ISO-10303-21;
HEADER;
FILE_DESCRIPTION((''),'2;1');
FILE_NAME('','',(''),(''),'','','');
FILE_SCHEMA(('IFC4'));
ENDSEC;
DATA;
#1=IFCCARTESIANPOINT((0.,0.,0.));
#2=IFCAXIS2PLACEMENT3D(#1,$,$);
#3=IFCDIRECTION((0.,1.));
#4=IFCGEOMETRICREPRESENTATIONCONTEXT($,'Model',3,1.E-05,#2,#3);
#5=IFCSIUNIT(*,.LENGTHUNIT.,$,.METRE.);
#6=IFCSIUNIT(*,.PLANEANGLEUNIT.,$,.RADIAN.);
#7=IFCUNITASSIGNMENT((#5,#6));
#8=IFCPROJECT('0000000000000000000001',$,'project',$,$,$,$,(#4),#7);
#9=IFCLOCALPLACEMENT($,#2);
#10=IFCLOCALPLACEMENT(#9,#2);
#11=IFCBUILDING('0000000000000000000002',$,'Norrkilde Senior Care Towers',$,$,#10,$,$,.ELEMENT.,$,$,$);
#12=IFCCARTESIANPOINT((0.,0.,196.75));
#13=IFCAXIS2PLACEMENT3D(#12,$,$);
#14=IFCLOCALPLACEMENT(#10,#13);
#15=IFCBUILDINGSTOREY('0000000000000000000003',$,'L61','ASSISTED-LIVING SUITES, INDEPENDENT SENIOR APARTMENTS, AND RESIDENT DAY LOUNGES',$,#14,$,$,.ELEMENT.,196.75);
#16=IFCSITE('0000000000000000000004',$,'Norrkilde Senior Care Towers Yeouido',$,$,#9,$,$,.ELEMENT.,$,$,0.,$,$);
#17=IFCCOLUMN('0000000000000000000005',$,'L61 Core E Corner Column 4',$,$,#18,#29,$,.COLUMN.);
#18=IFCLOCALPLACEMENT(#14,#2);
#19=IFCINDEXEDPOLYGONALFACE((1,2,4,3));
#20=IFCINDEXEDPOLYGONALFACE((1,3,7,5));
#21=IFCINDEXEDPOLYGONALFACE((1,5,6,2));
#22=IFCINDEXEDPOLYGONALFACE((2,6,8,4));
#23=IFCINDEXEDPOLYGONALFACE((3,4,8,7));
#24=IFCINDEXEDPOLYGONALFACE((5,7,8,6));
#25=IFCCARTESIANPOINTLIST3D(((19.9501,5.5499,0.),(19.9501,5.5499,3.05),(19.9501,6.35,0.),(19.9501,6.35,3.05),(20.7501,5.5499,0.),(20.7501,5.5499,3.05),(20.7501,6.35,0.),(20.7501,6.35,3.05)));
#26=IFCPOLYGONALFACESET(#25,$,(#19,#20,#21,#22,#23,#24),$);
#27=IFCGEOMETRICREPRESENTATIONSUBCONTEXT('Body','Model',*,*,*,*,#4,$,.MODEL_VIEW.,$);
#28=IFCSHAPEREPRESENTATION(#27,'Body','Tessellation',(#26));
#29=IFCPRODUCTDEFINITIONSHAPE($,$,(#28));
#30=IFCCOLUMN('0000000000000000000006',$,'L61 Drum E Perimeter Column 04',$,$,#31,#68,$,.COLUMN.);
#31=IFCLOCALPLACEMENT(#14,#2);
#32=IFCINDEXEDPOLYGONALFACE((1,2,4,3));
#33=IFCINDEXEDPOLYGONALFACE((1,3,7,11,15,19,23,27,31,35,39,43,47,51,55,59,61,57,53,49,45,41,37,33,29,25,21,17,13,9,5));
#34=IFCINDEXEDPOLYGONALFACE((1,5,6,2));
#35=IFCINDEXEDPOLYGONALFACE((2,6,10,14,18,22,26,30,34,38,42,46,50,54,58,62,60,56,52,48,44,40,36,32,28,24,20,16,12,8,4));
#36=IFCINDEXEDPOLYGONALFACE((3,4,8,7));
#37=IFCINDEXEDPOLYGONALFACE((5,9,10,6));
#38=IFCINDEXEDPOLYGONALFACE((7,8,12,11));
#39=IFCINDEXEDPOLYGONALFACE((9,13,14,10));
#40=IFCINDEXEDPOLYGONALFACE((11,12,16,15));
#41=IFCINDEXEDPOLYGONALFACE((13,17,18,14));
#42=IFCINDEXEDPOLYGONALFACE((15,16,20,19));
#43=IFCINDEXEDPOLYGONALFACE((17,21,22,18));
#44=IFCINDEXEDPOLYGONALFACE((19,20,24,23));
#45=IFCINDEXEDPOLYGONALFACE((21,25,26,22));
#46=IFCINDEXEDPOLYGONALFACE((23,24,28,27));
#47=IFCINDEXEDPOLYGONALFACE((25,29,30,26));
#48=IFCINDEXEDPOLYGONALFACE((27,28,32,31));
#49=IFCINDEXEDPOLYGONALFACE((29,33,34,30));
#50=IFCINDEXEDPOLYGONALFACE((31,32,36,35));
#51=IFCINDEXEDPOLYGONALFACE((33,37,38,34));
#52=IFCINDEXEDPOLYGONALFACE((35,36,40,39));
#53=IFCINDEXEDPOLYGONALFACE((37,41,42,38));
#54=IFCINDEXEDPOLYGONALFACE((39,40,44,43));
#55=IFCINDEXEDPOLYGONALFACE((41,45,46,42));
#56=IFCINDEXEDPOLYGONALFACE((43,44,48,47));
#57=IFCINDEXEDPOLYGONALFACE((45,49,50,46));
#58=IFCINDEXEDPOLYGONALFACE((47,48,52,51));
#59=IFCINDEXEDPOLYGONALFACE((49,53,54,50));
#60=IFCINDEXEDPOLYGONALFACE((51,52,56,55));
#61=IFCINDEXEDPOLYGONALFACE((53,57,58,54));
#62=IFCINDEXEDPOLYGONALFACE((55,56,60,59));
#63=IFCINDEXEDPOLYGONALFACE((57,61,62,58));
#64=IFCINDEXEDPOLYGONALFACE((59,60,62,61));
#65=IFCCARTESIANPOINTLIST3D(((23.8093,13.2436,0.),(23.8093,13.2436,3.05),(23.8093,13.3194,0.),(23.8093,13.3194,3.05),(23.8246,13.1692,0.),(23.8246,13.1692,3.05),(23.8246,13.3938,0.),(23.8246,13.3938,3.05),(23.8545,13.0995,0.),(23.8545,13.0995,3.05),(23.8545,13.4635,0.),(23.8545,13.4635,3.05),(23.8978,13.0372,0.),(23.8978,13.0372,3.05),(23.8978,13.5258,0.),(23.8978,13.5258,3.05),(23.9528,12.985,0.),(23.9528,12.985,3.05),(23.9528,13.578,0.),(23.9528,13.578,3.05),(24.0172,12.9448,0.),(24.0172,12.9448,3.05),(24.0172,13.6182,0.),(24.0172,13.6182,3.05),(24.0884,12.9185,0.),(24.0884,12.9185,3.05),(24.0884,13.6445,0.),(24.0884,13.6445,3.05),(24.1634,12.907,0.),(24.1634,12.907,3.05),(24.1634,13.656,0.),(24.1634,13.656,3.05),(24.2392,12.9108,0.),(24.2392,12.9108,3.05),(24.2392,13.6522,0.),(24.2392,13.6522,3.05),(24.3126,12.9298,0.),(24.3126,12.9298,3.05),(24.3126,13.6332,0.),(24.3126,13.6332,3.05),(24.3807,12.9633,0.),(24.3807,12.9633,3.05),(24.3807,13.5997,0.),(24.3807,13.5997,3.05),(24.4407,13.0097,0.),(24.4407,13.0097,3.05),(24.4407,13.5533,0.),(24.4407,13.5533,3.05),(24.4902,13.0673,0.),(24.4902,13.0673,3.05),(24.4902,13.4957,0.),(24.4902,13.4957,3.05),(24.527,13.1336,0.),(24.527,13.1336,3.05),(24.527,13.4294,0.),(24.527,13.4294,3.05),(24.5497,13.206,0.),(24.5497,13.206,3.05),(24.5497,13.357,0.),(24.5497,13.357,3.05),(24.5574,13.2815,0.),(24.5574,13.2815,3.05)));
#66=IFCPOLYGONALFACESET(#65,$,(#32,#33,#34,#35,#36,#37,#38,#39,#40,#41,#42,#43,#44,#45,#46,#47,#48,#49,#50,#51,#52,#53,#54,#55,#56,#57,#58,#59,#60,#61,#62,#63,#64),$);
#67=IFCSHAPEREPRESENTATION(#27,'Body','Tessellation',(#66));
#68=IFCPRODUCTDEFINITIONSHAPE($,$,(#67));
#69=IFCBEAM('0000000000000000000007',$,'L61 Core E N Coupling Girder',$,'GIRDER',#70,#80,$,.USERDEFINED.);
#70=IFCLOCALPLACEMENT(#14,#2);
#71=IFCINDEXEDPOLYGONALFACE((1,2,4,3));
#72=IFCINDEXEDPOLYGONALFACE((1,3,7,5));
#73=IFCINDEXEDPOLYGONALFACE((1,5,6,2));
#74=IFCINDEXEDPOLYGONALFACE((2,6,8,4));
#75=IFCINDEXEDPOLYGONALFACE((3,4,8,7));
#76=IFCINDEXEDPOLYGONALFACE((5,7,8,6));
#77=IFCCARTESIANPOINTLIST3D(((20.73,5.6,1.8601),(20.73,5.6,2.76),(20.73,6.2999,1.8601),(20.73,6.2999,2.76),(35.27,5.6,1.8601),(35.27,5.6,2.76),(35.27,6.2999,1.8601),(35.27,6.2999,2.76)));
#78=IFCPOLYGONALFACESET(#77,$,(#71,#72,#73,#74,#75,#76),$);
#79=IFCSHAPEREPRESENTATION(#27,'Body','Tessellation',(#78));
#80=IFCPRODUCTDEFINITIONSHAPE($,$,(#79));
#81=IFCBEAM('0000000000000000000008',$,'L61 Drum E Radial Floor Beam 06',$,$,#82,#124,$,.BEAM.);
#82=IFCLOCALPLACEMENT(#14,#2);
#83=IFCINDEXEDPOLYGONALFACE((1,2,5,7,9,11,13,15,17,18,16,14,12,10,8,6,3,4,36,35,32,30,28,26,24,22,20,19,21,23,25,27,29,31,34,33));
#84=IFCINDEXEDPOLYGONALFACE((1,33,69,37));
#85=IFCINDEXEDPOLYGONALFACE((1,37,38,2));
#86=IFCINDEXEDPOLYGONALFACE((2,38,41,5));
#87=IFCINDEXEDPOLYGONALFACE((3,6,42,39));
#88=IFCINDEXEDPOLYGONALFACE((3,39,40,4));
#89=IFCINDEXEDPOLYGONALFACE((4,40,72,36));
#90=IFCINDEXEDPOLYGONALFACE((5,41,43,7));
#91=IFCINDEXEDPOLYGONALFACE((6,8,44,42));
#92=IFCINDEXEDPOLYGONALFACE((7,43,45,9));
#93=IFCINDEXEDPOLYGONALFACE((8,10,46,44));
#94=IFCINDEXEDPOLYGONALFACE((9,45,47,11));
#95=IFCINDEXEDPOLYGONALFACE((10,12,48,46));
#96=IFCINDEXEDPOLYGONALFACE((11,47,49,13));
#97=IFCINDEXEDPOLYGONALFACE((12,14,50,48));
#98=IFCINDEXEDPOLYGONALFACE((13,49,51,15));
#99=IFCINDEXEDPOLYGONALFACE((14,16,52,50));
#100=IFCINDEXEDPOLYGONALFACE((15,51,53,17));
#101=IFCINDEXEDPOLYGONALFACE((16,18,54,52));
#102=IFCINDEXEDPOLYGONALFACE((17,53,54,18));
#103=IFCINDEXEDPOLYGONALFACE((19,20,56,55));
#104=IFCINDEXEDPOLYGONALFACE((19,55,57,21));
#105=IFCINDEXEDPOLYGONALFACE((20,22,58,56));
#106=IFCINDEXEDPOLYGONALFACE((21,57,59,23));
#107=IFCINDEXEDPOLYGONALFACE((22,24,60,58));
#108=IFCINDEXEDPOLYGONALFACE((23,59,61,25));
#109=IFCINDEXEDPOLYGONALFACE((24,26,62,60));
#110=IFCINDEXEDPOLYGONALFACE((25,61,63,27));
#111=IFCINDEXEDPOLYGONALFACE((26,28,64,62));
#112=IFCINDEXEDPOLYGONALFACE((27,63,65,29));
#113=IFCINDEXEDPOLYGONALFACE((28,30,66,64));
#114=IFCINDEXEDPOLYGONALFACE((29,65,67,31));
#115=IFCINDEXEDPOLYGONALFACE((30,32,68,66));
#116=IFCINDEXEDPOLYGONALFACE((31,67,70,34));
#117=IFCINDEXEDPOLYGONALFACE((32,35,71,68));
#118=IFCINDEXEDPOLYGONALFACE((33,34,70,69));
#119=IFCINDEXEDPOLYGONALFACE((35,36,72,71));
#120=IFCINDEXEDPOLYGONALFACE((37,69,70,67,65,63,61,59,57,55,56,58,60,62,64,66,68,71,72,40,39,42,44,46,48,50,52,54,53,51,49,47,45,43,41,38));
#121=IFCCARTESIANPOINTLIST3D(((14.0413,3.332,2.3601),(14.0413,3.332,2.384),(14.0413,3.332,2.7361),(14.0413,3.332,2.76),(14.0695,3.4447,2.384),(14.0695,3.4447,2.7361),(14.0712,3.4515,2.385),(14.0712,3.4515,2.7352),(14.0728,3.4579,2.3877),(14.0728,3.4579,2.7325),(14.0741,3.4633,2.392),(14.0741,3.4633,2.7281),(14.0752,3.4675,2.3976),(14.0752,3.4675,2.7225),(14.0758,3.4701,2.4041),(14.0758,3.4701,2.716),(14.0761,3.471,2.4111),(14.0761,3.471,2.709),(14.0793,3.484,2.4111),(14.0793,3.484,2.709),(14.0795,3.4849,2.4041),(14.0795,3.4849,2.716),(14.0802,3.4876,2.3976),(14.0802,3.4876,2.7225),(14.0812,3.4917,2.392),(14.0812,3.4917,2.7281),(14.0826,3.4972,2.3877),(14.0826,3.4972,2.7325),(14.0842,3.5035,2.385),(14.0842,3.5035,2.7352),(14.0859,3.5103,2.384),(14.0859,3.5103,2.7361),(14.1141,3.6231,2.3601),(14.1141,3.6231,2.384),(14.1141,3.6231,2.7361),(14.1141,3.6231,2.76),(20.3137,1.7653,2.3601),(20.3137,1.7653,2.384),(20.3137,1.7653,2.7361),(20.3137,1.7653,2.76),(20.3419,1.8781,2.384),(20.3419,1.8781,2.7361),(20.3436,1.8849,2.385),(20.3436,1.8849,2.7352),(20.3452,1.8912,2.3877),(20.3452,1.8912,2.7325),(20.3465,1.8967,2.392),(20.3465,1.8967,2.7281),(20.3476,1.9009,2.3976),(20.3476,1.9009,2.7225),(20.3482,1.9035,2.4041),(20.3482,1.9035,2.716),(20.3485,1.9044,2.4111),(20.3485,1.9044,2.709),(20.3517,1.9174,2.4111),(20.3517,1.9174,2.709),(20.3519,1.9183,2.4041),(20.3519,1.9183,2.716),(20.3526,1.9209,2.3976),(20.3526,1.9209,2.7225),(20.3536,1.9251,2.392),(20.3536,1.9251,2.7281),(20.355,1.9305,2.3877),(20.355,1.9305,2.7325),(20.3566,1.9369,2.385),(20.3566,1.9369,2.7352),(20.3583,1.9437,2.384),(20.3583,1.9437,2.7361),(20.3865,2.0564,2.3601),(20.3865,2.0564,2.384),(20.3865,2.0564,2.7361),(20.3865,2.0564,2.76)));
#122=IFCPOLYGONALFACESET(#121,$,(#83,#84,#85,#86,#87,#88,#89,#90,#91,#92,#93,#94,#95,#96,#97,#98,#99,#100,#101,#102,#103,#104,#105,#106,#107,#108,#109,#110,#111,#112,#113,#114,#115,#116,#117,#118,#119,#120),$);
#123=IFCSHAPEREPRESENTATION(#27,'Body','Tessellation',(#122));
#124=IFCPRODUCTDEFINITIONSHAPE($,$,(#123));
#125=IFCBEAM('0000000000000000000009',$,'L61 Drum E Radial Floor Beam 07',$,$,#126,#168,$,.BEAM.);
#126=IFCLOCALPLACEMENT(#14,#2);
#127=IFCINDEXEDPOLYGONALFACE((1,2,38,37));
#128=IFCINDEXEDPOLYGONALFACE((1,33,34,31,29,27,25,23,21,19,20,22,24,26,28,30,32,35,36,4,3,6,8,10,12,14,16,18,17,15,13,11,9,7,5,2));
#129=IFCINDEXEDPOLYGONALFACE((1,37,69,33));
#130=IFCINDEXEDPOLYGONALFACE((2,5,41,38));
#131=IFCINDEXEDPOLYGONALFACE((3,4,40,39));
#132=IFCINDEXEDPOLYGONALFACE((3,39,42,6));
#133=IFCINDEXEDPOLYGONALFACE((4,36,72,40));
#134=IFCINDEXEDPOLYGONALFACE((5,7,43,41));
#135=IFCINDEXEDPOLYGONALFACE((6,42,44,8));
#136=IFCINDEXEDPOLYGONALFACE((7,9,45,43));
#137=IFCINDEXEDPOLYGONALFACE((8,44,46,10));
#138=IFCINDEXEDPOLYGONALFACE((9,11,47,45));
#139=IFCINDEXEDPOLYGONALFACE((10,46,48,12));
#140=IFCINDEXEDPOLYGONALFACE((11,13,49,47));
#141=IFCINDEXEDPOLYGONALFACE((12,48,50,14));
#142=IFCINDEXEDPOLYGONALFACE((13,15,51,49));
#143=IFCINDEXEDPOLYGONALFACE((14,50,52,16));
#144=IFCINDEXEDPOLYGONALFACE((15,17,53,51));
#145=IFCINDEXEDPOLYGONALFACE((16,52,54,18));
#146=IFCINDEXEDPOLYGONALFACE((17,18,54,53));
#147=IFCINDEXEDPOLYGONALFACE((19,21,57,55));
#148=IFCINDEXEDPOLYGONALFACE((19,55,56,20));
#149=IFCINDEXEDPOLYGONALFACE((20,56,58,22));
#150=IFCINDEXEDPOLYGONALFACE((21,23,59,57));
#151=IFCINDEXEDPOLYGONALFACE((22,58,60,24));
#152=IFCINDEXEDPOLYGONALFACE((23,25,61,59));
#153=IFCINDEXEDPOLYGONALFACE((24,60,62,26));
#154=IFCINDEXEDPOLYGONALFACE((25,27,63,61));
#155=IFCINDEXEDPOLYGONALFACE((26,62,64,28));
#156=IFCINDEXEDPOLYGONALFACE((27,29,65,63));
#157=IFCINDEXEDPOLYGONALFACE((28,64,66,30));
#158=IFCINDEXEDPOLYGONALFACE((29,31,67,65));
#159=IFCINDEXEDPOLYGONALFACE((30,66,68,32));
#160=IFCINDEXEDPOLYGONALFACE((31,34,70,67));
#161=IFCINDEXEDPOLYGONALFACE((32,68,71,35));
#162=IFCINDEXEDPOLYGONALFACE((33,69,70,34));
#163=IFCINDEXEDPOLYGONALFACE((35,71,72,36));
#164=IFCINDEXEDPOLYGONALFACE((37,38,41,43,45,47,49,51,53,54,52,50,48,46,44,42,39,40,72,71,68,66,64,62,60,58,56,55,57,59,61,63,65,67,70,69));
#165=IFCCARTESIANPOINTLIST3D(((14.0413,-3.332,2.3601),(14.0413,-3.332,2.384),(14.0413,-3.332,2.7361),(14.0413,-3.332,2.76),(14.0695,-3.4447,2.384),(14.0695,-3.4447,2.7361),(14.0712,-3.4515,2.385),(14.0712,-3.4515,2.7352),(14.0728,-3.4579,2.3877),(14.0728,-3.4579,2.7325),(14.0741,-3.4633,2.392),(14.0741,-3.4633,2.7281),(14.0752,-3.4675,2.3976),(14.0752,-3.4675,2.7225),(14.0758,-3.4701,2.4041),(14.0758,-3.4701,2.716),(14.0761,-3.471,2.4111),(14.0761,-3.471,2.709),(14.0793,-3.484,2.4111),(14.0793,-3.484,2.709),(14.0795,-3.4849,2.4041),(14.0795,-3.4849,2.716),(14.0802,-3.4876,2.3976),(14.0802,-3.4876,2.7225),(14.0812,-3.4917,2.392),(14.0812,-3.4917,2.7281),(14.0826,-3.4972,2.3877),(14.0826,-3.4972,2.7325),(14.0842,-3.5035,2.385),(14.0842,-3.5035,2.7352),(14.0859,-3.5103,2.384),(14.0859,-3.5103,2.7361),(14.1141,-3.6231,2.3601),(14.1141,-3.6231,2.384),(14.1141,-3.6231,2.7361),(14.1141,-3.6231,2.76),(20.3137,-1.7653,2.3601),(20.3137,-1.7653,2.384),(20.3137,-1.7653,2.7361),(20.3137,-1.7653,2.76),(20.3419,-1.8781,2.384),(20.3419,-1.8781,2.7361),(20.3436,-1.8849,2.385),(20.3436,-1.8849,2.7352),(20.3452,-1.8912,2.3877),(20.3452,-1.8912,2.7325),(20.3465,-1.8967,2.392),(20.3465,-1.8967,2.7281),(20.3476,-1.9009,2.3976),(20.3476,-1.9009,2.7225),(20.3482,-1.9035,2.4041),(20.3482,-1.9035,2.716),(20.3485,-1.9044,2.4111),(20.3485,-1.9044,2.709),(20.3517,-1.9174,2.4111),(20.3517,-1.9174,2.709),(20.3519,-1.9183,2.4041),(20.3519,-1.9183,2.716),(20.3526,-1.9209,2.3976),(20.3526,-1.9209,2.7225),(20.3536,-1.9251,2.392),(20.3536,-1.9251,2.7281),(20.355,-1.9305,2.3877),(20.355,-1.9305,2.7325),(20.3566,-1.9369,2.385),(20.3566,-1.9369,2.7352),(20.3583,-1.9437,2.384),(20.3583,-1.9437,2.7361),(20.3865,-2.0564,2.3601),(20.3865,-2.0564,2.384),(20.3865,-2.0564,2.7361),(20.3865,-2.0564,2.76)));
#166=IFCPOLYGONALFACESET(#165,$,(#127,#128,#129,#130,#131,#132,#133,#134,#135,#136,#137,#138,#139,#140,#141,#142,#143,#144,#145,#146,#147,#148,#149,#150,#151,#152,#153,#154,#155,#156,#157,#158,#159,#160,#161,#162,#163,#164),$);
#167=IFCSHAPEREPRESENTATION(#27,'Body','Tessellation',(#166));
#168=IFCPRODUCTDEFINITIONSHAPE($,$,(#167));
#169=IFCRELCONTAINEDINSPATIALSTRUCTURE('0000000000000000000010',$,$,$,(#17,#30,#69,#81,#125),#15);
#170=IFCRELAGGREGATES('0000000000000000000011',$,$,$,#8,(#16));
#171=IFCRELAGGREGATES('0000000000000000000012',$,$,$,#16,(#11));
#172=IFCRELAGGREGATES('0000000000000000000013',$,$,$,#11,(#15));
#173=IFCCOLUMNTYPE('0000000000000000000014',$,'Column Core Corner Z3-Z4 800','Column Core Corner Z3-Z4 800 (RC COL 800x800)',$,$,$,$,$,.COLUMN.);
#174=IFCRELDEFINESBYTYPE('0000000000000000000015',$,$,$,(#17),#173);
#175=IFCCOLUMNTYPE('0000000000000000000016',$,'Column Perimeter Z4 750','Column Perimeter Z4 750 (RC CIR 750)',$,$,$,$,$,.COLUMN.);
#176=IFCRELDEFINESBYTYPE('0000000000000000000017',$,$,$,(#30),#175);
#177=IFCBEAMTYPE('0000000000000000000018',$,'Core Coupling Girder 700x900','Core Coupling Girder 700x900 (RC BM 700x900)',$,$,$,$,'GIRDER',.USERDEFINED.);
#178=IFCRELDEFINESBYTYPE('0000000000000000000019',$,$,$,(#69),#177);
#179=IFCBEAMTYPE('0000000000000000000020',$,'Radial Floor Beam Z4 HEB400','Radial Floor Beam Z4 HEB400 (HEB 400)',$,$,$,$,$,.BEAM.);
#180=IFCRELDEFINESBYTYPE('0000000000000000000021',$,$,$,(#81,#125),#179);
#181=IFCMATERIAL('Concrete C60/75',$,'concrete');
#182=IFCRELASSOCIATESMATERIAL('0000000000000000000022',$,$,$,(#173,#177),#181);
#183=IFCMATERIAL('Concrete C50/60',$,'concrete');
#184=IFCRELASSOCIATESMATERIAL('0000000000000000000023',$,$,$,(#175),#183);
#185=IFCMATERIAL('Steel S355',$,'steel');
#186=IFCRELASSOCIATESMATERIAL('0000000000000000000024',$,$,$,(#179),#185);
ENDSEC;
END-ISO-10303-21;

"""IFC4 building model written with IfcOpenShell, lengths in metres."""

from ifc_helpers import new_model, si_unit, direction, frame, origin, origin_2d, place, context, subcontext, project, spatial, rectangle, circle, i_section, extrude, source, transform, mapped, material, material_profile, profile_set, type_object, type_shapes, element, save


model = new_model("IFC4")

# Units and contexts
model_context = context("Model", 3, precision=1e-05, world=origin(), true_north=direction((0.0, 1.0)))
body_context = subcontext(model_context, "Body", "Model", "MODEL_VIEW")
ifc_project = project(units=[si_unit("LENGTHUNIT", "METRE"), si_unit("PLANEANGLEUNIT", "RADIAN")], contexts=[model_context])

# Site, building, storey
site_placement = place(None, origin())
site = spatial("IfcSite", under=ifc_project, at=site_placement, Name="Norrkilde Senior Care Towers Yeouido", CompositionType="ELEMENT", RefElevation=0.0)
building_placement = place(site_placement, origin())
building = spatial("IfcBuilding", under=site, at=building_placement, Name="Norrkilde Senior Care Towers", CompositionType="ELEMENT")
storey_placement = place(building_placement, frame((0.0, 0.0, 196.75)))
storey = spatial("IfcBuildingStorey", under=building, at=storey_placement, Name="L61", Description="ASSISTED-LIVING SUITES, INDEPENDENT SENIOR APARTMENTS, AND RESIDENT DAY LOUNGES", CompositionType="ELEMENT", Elevation=196.75)

# Columns
ifc_material_1 = material(Name="Concrete C60/75", Category="concrete")
ifc_material_profile_1 = material_profile(ifc_material_1, rectangle(XDim=0.8, YDim=0.8, at=origin_2d()), Name="RC COL 800x800")
ifc_profile_set_1 = profile_set([ifc_material_profile_1], Name="Concrete C60/75")
column_type_1 = type_object("IfcColumnType", Name="Column Core Corner Z3-Z4 800", Description="Column Core Corner Z3-Z4 800 (RC COL 800x800)", PredefinedType="COLUMN", material=ifc_profile_set_1)
shared_shape_1 = source(origin(), body_context, "Body", "SweptSolid", [
    extrude(rectangle(XDim=0.8, YDim=0.8, at=origin_2d()), origin(), (0.0, 0.0, 1.0), 3.05),
])
type_shapes(column_type_1, [shared_shape_1])
column_1_placement = place(storey_placement, frame((20.3501, 5.95, 0.0), z_axis=(0.0, 0.0, 1.0), x_axis=(1.0, 0.0, 0.0)))
element("IfcColumn", 1, at=column_1_placement, inside=storey, type_object=column_type_1, Name="L61 Core E Corner Column 4", PredefinedType="COLUMN", context=body_context, shape_type="MappedRepresentation", body=[
    mapped(shared_shape_1, transform((0.0, 0.0, 0.0), x_axis=(1.0, 0.0, 0.0), y_axis=(0.0, 1.0, 0.0), z_axis=(0.0, 0.0, 1.0), scale=1.0)),
])
ifc_material_2 = material(Name="Concrete C50/60", Category="concrete")
ifc_material_profile_2 = material_profile(ifc_material_2, circle(Radius=0.375, at=origin_2d()), Name="RC CIR 750")
ifc_profile_set_2 = profile_set([ifc_material_profile_2], Name="Concrete C50/60")
column_type_2 = type_object("IfcColumnType", Name="Column Perimeter Z4 750", Description="Column Perimeter Z4 750 (RC CIR 750)", PredefinedType="COLUMN", material=ifc_profile_set_2)
shared_shape_2 = source(origin(), body_context, "Body", "SweptSolid", [
    extrude(circle(Radius=0.375, at=origin_2d()), origin(), (0.0, 0.0, 1.0), 3.05),
])
type_shapes(column_type_2, [shared_shape_2])
column_2_placement = place(storey_placement, frame((24.1824, 13.2815, 0.0), z_axis=(0.0, 0.0, 1.0), x_axis=(1.0, 0.0, 0.0)))
element("IfcColumn", 2, at=column_2_placement, inside=storey, type_object=column_type_2, Name="L61 Drum E Perimeter Column 04", PredefinedType="COLUMN", context=body_context, shape_type="MappedRepresentation", body=[
    mapped(shared_shape_2, transform((0.0, 0.0, 0.0), x_axis=(1.0, 0.0, 0.0), y_axis=(0.0, 1.0, 0.0), z_axis=(0.0, 0.0, 1.0), scale=1.0)),
])

# Beams
ifc_material_profile_3 = material_profile(ifc_material_1, rectangle(XDim=0.7, YDim=0.8999, at=origin_2d()), Name="RC BM 700x900")
ifc_profile_set_3 = profile_set([ifc_material_profile_3], Name="Concrete C60/75")
beam_type_1 = type_object("IfcBeamType", Name="Core Coupling Girder 700x900", Description="Core Coupling Girder 700x900 (RC BM 700x900)", ElementType="GIRDER", PredefinedType="USERDEFINED", material=ifc_profile_set_3)
shared_shape_3 = source(origin(), body_context, "Body", "SweptSolid", [
    extrude(rectangle(XDim=0.7, YDim=0.8999, at=origin_2d()), origin(), (0.0, 0.0, 1.0), 14.54),
])
type_shapes(beam_type_1, [shared_shape_3])
beam_1_placement = place(storey_placement, frame((20.73, 5.95, 2.3101), z_axis=(1.0, 0.0, 0.0), x_axis=(0.0, 1.0, 0.0)))
element("IfcBeam", 3, at=beam_1_placement, inside=storey, type_object=beam_type_1, Name="L61 Core E N Coupling Girder", ObjectType="GIRDER", PredefinedType="USERDEFINED", context=body_context, shape_type="MappedRepresentation", body=[
    mapped(shared_shape_3, transform((0.0, 0.0, 0.0), x_axis=(1.0, 0.0, 0.0), y_axis=(0.0, 1.0, 0.0), z_axis=(0.0, 0.0, 1.0), scale=1.0)),
])
ifc_material_3 = material(Name="Steel S355", Category="steel")
ifc_material_profile_4 = material_profile(ifc_material_3, i_section(OverallWidth=0.3, OverallDepth=0.3999, WebThickness=0.0134, FlangeThickness=0.0239, FilletRadius=0.0271, at=origin_2d()), Name="HEB 400")
ifc_profile_set_4 = profile_set([ifc_material_profile_4], Name="Steel S355")
beam_type_2 = type_object("IfcBeamType", Name="Radial Floor Beam Z4 HEB400", Description="Radial Floor Beam Z4 HEB400 (HEB 400)", PredefinedType="BEAM", material=ifc_profile_set_4)
shared_shape_4 = source(origin(), body_context, "Body", "SweptSolid", [
    extrude(i_section(OverallWidth=0.3, OverallDepth=0.3999, WebThickness=0.0134, FlangeThickness=0.0239, FilletRadius=0.0271, at=origin_2d()), origin(), (0.0, 0.0, 1.0), 6.4651),
])
for number, where, z_axis, x_axis, name in (
    (4, (20.3501, 1.9109, 2.5601), (-0.970196, 0.242322, 0.0), (-0.242322, -0.970196, 0.0), "L61 Drum E Radial Floor Beam 06"),
    (5, (20.3501, -1.9109, 2.5601), (-0.970196, -0.242322, 0.0), (0.242322, -0.970196, 0.0), "L61 Drum E Radial Floor Beam 07"),
):
    element("IfcBeam", number, at=place(storey_placement, frame(where, z_axis=z_axis, x_axis=x_axis)), inside=storey, type_object=beam_type_2, Name=name, PredefinedType="BEAM", context=body_context, shape_type="MappedRepresentation", body=[
        mapped(shared_shape_4, transform((0.0, 0.0, 0.0), x_axis=(1.0, 0.0, 0.0), y_axis=(0.0, 1.0, 0.0), z_axis=(0.0, 0.0, 1.0), scale=1.0)),
    ])

save(model, "model.ifc")
